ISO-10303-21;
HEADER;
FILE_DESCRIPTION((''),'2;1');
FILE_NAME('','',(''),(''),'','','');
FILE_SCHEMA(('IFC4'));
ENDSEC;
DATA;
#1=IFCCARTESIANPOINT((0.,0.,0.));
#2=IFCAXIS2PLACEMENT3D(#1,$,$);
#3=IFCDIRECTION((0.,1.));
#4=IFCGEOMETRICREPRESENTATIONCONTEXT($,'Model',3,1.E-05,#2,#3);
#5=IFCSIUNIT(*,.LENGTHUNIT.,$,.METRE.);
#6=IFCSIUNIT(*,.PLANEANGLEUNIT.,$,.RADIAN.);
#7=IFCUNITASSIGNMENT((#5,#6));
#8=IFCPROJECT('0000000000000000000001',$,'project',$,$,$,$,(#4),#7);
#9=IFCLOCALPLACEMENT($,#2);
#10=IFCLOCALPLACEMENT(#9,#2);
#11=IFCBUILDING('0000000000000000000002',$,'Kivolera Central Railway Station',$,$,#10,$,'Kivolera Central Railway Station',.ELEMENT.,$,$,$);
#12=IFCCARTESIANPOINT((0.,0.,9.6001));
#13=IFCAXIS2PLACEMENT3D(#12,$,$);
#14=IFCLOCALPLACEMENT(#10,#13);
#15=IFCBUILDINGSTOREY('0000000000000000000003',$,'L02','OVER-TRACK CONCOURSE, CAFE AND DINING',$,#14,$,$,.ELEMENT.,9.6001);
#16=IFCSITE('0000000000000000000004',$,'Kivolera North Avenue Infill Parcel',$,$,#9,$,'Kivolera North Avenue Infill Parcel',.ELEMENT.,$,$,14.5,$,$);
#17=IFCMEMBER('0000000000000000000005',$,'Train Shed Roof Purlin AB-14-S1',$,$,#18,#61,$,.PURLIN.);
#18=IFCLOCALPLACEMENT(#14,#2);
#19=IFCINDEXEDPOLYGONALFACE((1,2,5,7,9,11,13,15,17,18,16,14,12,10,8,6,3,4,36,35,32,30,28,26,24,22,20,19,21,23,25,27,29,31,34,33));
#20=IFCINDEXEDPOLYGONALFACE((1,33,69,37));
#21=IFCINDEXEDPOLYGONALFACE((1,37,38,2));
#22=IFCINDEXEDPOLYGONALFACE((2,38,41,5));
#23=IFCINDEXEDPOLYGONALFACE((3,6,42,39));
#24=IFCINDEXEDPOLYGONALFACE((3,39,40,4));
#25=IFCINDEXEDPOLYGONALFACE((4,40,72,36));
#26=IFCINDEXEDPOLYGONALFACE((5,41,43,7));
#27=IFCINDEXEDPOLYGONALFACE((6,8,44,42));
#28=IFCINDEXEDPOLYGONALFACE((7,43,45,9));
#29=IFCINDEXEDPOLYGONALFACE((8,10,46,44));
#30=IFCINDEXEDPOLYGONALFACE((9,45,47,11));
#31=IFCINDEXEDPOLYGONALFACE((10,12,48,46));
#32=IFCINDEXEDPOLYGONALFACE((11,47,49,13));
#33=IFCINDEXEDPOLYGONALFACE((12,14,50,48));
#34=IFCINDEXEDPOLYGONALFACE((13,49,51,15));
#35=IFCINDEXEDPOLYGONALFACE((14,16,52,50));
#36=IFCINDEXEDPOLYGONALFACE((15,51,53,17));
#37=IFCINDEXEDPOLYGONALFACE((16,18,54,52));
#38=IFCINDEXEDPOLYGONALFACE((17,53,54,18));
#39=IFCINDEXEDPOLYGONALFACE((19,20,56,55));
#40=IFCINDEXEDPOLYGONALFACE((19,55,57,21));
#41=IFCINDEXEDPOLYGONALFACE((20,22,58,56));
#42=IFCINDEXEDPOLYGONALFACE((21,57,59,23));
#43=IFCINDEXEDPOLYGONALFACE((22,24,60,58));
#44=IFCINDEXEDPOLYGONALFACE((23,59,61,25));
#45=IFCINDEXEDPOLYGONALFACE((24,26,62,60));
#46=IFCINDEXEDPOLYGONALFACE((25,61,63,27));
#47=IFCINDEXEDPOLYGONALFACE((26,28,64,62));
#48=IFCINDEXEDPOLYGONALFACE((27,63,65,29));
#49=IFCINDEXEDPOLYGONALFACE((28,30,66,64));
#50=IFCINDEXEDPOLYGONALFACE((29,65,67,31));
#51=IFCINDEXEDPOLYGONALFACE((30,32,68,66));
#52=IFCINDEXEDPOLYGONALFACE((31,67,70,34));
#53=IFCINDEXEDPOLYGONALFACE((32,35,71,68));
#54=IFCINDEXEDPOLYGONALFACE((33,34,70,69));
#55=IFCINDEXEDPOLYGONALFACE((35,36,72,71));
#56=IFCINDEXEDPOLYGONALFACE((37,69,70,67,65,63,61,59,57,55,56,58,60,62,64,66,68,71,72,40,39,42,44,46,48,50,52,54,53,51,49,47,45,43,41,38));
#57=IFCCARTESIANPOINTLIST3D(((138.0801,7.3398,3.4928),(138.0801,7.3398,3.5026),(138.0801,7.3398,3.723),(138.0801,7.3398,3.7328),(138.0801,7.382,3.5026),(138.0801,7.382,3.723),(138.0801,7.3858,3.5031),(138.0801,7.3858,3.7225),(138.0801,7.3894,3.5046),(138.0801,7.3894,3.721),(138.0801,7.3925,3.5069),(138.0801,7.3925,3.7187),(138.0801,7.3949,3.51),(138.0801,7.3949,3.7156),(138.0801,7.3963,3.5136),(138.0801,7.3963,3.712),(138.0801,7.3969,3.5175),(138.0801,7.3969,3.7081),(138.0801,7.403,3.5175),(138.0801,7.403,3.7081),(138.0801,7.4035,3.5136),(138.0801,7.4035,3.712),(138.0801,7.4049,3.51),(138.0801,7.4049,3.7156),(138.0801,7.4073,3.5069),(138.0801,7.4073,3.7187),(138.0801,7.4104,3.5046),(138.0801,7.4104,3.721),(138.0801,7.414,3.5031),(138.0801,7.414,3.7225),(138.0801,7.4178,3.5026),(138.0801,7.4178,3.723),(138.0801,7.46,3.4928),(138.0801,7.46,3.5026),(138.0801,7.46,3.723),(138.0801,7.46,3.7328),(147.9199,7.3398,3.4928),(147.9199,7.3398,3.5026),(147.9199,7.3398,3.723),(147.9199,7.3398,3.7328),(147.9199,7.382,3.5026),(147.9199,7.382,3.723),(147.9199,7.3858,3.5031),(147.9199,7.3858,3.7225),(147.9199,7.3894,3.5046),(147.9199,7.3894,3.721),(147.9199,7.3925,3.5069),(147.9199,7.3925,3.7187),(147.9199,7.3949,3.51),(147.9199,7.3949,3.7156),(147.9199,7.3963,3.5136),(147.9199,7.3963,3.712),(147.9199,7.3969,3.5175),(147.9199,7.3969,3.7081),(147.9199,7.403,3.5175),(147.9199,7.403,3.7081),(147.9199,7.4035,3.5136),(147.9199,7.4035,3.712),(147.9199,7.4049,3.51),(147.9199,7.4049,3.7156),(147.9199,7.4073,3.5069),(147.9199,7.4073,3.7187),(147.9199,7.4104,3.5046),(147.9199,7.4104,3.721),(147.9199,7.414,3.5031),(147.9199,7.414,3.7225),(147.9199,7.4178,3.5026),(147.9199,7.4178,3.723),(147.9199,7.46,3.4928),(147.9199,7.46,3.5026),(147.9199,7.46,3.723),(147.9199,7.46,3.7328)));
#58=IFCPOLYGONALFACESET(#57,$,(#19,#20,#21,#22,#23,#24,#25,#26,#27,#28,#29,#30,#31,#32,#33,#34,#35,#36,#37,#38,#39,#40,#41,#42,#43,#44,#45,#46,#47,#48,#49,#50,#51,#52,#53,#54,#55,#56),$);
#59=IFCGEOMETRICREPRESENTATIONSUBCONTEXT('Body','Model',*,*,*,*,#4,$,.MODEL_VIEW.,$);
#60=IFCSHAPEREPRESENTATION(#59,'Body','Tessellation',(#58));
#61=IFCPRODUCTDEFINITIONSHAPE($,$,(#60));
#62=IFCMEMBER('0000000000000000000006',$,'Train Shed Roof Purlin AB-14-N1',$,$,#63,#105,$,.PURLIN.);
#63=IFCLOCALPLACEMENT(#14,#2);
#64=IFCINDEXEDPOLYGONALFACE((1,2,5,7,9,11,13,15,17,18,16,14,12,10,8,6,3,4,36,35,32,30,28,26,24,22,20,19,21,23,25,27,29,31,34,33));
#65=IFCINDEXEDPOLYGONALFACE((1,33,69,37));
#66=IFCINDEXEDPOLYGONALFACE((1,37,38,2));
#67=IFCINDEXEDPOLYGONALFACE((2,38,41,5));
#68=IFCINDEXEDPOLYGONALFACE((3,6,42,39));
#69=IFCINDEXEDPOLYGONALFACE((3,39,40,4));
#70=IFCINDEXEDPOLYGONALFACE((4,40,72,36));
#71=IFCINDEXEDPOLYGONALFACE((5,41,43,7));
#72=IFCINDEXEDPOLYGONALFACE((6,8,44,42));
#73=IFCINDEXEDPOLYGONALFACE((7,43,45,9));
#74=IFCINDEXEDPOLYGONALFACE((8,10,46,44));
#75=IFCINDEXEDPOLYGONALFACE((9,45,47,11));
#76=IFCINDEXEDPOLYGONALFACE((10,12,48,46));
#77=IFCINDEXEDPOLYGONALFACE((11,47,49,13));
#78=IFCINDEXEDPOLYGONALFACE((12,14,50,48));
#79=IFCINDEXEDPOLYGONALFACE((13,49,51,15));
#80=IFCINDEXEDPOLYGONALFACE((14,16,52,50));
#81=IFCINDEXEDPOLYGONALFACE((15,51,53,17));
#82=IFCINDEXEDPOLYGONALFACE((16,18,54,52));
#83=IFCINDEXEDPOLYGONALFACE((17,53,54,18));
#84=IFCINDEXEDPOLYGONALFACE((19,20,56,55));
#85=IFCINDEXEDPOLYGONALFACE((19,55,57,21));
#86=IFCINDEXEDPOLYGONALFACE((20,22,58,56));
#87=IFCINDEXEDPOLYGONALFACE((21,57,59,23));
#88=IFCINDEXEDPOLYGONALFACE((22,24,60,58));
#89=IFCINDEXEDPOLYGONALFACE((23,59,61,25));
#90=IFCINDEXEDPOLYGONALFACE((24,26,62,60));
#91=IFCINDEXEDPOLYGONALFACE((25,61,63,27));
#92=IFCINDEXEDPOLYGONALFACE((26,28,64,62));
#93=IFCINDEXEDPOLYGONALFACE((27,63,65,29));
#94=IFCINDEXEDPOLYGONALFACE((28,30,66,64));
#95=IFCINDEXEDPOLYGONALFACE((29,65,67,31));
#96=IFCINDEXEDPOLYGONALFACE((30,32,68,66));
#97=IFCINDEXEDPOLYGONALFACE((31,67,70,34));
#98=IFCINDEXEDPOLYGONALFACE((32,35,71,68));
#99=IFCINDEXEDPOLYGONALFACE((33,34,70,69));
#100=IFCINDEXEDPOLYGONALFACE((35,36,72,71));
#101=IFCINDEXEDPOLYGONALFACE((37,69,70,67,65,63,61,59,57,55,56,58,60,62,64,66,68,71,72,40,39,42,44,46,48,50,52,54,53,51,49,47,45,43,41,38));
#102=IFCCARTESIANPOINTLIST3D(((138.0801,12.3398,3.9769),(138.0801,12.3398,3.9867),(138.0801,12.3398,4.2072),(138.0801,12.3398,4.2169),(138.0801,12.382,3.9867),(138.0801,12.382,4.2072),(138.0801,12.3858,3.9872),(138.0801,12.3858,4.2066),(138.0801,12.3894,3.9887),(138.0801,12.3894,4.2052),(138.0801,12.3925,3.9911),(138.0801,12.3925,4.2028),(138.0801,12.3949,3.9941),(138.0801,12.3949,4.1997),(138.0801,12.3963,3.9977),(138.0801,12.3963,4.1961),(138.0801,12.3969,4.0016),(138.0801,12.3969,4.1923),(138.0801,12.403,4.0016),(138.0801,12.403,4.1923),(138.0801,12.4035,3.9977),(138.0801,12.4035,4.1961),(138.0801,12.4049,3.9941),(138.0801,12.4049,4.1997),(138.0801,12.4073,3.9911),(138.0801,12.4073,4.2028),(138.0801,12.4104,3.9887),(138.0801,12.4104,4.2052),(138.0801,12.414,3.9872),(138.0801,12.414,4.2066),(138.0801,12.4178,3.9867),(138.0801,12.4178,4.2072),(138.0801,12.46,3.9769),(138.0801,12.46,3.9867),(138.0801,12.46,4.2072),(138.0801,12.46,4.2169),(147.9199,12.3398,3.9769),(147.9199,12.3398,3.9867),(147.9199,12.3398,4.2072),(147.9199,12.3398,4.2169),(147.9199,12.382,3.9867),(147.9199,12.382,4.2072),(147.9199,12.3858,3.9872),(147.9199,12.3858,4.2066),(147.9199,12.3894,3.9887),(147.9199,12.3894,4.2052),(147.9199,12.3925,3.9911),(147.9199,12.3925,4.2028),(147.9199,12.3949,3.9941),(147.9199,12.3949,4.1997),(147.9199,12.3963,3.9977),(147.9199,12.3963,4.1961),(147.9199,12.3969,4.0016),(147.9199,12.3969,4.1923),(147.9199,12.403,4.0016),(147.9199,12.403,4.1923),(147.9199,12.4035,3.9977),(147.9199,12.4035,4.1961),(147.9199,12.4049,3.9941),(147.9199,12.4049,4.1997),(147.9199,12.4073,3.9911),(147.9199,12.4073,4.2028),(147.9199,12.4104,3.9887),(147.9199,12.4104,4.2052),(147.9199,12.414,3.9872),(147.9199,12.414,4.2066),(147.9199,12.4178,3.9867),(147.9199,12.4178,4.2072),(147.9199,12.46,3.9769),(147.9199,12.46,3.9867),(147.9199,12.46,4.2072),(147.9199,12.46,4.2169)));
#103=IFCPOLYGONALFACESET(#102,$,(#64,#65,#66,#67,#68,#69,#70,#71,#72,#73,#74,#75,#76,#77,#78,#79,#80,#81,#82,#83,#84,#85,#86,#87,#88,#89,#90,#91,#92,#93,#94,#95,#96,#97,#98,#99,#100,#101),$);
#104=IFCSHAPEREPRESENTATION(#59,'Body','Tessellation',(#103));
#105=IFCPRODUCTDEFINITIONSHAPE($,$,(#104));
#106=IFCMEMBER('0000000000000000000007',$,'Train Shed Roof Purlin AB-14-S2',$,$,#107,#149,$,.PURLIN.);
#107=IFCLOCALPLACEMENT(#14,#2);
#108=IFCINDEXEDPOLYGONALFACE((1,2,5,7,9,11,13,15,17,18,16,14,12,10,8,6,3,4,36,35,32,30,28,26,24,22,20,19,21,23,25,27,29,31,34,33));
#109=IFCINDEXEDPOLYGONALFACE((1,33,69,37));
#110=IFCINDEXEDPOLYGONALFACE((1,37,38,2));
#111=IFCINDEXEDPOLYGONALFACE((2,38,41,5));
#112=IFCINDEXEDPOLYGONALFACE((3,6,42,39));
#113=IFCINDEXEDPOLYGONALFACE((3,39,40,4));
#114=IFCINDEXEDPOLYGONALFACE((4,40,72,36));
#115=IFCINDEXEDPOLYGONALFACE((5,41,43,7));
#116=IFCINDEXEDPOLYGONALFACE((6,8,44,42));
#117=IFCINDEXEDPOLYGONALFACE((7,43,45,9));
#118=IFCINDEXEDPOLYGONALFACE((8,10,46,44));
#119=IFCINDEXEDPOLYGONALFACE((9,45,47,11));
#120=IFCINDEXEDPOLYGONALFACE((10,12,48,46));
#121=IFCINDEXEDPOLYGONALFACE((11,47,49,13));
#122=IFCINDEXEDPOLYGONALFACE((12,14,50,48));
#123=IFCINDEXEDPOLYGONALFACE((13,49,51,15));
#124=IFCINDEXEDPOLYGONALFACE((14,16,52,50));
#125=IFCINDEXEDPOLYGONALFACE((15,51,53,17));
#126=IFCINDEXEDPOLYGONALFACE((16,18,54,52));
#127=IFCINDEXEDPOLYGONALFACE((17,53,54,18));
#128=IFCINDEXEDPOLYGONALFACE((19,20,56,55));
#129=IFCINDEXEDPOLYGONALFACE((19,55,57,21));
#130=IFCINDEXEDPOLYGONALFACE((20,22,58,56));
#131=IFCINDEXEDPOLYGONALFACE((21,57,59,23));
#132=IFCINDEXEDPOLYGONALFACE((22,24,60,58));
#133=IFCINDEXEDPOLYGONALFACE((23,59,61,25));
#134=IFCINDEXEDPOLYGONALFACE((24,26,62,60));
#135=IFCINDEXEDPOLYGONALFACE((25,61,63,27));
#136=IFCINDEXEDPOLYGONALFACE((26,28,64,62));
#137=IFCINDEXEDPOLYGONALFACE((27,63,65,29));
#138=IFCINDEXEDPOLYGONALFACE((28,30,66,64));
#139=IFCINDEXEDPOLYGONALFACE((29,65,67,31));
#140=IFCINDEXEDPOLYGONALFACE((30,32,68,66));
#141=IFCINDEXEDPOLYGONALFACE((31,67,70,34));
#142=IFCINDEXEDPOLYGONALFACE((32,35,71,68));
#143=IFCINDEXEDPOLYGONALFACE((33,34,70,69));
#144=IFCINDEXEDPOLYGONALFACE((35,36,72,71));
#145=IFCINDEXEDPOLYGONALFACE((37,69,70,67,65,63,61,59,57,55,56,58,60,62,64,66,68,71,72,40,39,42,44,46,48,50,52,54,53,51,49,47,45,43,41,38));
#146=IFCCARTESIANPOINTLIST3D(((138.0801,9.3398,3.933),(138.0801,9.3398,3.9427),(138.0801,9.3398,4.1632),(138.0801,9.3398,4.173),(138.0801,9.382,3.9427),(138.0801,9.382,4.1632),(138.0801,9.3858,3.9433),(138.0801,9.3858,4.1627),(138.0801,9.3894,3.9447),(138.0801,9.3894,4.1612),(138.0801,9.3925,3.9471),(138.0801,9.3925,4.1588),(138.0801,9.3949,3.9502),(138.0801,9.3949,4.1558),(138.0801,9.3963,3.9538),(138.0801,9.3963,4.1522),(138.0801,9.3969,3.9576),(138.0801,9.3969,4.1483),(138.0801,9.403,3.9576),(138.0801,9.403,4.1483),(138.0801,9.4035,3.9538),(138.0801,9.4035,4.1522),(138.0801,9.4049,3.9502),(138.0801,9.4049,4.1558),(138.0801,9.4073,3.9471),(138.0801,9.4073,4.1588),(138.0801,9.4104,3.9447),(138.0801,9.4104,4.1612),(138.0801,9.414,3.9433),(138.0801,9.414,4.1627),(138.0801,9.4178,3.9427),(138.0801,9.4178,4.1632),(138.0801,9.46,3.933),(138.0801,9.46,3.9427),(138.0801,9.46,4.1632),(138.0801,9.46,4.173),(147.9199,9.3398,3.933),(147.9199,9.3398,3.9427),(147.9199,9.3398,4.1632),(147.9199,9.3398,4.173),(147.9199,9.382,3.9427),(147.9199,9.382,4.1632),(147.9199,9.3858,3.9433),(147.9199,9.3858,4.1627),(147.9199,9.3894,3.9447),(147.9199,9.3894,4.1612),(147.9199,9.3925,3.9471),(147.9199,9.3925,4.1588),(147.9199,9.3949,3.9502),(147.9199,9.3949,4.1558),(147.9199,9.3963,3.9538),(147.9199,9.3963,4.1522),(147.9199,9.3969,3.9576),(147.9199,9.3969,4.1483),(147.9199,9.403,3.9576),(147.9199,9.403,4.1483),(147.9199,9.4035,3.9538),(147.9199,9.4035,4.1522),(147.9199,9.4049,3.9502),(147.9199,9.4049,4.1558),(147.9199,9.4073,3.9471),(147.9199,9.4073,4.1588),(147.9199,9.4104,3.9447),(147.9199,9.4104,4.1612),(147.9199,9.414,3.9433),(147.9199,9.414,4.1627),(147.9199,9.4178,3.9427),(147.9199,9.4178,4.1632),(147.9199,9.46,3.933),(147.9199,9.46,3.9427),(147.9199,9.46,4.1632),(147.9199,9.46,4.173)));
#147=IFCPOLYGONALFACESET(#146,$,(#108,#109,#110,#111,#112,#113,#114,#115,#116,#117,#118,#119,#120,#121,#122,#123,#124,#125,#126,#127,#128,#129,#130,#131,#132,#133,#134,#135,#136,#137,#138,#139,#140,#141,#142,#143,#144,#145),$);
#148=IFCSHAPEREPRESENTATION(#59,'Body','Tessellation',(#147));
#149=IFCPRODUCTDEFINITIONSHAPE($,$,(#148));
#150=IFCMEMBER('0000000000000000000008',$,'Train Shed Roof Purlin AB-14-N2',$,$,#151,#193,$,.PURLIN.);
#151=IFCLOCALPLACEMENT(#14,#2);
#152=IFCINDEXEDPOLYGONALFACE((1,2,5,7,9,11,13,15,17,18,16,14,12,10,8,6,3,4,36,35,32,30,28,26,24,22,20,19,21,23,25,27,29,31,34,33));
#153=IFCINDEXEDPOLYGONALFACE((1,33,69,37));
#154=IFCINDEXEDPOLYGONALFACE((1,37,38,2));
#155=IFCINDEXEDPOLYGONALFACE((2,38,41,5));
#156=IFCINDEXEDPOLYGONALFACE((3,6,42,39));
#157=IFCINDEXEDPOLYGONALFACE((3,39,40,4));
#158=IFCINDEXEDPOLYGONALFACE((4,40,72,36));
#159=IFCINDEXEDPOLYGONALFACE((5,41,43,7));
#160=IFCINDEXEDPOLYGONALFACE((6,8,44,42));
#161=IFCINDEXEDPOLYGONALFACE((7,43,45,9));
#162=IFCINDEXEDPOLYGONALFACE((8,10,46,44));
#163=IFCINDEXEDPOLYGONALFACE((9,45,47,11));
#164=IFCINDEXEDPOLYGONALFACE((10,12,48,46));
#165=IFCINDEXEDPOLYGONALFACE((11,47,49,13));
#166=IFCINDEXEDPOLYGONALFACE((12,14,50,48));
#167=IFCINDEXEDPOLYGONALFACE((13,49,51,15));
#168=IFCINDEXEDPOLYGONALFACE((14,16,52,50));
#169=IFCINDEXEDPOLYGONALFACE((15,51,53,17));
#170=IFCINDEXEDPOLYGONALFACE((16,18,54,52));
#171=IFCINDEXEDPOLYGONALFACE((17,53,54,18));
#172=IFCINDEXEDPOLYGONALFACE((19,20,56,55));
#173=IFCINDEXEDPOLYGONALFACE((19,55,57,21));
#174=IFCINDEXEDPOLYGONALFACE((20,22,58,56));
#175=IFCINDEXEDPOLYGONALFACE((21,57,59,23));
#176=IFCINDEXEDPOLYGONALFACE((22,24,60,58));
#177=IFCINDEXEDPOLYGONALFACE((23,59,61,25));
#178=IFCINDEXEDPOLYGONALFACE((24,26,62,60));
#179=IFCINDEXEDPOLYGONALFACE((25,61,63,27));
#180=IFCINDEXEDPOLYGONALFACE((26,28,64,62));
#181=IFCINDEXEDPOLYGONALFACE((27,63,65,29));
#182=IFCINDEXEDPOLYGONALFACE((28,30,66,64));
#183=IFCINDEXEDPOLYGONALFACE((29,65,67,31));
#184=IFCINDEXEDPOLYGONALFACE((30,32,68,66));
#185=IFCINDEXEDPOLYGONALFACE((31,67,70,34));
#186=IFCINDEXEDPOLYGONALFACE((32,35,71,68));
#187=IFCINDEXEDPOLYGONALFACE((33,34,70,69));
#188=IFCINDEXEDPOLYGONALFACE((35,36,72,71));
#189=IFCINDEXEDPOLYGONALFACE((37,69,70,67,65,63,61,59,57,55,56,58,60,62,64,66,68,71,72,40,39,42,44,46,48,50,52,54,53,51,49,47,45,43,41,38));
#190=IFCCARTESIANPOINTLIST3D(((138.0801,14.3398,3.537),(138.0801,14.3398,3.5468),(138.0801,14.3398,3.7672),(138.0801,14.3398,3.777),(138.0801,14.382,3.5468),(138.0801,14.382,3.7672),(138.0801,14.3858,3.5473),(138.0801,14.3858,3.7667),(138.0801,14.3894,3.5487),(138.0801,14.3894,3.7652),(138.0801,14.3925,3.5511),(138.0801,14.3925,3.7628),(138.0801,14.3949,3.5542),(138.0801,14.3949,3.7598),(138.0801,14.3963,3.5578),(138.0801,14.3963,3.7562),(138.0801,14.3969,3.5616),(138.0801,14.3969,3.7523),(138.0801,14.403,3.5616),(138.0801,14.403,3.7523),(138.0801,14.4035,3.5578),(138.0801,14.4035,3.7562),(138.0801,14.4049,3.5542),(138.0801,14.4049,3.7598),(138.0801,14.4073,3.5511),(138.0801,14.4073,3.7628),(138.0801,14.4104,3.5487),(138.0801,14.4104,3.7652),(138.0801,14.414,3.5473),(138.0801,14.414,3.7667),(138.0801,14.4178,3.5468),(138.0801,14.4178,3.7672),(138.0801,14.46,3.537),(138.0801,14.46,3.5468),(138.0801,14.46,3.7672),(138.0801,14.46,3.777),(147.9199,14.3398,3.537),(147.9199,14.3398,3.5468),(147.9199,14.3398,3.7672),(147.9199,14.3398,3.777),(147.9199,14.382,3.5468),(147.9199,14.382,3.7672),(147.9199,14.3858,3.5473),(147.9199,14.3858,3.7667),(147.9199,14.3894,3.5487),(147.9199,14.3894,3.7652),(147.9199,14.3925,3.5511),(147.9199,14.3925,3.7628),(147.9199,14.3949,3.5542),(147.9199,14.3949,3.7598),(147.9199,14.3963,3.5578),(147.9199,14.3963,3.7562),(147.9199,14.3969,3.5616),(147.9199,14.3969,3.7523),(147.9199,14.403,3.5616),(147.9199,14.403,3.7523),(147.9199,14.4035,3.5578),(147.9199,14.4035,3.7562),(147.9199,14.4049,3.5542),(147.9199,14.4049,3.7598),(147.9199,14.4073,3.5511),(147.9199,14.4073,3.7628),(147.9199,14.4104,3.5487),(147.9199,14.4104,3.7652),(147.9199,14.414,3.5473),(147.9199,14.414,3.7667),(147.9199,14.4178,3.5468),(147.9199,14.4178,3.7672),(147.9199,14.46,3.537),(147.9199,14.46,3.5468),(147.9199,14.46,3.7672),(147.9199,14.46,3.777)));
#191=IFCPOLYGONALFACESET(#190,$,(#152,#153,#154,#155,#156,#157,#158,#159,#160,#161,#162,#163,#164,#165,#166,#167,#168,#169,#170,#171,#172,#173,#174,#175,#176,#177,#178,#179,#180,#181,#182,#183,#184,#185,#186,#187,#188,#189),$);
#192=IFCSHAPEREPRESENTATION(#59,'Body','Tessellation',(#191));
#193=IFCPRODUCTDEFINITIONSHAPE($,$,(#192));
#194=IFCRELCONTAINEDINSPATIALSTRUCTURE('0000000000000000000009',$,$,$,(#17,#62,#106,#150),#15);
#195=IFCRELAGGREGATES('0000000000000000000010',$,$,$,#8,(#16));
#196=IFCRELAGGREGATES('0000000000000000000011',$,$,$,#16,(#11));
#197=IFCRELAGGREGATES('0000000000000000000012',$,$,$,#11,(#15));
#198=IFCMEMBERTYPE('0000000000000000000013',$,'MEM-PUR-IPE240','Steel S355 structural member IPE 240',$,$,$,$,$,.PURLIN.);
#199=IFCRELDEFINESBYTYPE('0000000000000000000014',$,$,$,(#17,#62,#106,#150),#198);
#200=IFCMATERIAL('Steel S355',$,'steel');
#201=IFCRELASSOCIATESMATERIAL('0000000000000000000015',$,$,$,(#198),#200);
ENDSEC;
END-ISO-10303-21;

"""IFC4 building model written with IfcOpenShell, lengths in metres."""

from ifc_helpers import new_model, si_unit, direction, frame, origin, origin_2d, place, context, subcontext, project, spatial, i_section, extrude, material, material_profile, profile_set, type_object, element, save


model = new_model("IFC4")

# Units and contexts
model_context = context("Model", 3, precision=1e-05, world=origin(), true_north=direction((0.0, 1.0)))
body_context = subcontext(model_context, "Body", "Model", "MODEL_VIEW")
ifc_project = project(units=[si_unit("LENGTHUNIT", "METRE"), si_unit("PLANEANGLEUNIT", "RADIAN")], contexts=[model_context])

# Site, building, storey
site_placement = place(None, origin())
site = spatial("IfcSite", under=ifc_project, at=site_placement, Name="Kivolera North Avenue Infill Parcel", LongName="Kivolera North Avenue Infill Parcel", CompositionType="ELEMENT", RefElevation=14.5)
building_placement = place(site_placement, origin())
building = spatial("IfcBuilding", under=site, at=building_placement, Name="Kivolera Central Railway Station", LongName="Kivolera Central Railway Station", CompositionType="ELEMENT")
storey_placement = place(building_placement, frame((0.0, 0.0, 9.6001)))
storey = spatial("IfcBuildingStorey", under=building, at=storey_placement, Name="L02", Description="OVER-TRACK CONCOURSE, CAFE AND DINING", CompositionType="ELEMENT", Elevation=9.6001)

# Shared definitions
ifc_material_1 = material(Name="Steel S355", Category="steel")

# Members
ifc_material_profile_1 = material_profile(ifc_material_1, i_section(OverallWidth=0.1201, OverallDepth=0.24, WebThickness=0.0061, FlangeThickness=0.0098, FilletRadius=0.0149, at=origin_2d()), Name="IPE 240")
ifc_profile_set_1 = profile_set([ifc_material_profile_1], Name="Steel S355")
member_type_1 = type_object("IfcMemberType", Name="MEM-PUR-IPE240", Description="Steel S355 structural member IPE 240", PredefinedType="PURLIN", material=ifc_profile_set_1)
for number, where, z_axis, x_axis, name in (
    (1, (138.0801, 7.3999, 3.6128), (1.0, 0.0, 0.0), (0.0, 1.0, 0.0), "Train Shed Roof Purlin AB-14-S1"),
    (2, (138.0801, 12.3999, 4.0969), (1.0, 0.0, 0.0), (0.0, 1.0, 0.0), "Train Shed Roof Purlin AB-14-N1"),
    (3, (138.0801, 9.3999, 4.053), (1.0, 0.0, 0.0), (0.0, 1.0, 0.0), "Train Shed Roof Purlin AB-14-S2"),
    (4, (138.0801, 14.3999, 3.657), (1.0, 0.0, 0.0), (0.0, 1.0, 0.0), "Train Shed Roof Purlin AB-14-N2"),
):
    element("IfcMember", number, at=place(storey_placement, frame(where, z_axis=z_axis, x_axis=x_axis)), inside=storey, type_object=member_type_1, Name=name, PredefinedType="PURLIN", context=body_context, shape_type="SweptSolid", body=[
        extrude(i_section(OverallWidth=0.1201, OverallDepth=0.24, WebThickness=0.0061, FlangeThickness=0.0098, FilletRadius=0.0149, at=origin_2d()), origin(), (0.0, 0.0, 1.0), 9.8398),
    ])

save(model, "model.ifc")
